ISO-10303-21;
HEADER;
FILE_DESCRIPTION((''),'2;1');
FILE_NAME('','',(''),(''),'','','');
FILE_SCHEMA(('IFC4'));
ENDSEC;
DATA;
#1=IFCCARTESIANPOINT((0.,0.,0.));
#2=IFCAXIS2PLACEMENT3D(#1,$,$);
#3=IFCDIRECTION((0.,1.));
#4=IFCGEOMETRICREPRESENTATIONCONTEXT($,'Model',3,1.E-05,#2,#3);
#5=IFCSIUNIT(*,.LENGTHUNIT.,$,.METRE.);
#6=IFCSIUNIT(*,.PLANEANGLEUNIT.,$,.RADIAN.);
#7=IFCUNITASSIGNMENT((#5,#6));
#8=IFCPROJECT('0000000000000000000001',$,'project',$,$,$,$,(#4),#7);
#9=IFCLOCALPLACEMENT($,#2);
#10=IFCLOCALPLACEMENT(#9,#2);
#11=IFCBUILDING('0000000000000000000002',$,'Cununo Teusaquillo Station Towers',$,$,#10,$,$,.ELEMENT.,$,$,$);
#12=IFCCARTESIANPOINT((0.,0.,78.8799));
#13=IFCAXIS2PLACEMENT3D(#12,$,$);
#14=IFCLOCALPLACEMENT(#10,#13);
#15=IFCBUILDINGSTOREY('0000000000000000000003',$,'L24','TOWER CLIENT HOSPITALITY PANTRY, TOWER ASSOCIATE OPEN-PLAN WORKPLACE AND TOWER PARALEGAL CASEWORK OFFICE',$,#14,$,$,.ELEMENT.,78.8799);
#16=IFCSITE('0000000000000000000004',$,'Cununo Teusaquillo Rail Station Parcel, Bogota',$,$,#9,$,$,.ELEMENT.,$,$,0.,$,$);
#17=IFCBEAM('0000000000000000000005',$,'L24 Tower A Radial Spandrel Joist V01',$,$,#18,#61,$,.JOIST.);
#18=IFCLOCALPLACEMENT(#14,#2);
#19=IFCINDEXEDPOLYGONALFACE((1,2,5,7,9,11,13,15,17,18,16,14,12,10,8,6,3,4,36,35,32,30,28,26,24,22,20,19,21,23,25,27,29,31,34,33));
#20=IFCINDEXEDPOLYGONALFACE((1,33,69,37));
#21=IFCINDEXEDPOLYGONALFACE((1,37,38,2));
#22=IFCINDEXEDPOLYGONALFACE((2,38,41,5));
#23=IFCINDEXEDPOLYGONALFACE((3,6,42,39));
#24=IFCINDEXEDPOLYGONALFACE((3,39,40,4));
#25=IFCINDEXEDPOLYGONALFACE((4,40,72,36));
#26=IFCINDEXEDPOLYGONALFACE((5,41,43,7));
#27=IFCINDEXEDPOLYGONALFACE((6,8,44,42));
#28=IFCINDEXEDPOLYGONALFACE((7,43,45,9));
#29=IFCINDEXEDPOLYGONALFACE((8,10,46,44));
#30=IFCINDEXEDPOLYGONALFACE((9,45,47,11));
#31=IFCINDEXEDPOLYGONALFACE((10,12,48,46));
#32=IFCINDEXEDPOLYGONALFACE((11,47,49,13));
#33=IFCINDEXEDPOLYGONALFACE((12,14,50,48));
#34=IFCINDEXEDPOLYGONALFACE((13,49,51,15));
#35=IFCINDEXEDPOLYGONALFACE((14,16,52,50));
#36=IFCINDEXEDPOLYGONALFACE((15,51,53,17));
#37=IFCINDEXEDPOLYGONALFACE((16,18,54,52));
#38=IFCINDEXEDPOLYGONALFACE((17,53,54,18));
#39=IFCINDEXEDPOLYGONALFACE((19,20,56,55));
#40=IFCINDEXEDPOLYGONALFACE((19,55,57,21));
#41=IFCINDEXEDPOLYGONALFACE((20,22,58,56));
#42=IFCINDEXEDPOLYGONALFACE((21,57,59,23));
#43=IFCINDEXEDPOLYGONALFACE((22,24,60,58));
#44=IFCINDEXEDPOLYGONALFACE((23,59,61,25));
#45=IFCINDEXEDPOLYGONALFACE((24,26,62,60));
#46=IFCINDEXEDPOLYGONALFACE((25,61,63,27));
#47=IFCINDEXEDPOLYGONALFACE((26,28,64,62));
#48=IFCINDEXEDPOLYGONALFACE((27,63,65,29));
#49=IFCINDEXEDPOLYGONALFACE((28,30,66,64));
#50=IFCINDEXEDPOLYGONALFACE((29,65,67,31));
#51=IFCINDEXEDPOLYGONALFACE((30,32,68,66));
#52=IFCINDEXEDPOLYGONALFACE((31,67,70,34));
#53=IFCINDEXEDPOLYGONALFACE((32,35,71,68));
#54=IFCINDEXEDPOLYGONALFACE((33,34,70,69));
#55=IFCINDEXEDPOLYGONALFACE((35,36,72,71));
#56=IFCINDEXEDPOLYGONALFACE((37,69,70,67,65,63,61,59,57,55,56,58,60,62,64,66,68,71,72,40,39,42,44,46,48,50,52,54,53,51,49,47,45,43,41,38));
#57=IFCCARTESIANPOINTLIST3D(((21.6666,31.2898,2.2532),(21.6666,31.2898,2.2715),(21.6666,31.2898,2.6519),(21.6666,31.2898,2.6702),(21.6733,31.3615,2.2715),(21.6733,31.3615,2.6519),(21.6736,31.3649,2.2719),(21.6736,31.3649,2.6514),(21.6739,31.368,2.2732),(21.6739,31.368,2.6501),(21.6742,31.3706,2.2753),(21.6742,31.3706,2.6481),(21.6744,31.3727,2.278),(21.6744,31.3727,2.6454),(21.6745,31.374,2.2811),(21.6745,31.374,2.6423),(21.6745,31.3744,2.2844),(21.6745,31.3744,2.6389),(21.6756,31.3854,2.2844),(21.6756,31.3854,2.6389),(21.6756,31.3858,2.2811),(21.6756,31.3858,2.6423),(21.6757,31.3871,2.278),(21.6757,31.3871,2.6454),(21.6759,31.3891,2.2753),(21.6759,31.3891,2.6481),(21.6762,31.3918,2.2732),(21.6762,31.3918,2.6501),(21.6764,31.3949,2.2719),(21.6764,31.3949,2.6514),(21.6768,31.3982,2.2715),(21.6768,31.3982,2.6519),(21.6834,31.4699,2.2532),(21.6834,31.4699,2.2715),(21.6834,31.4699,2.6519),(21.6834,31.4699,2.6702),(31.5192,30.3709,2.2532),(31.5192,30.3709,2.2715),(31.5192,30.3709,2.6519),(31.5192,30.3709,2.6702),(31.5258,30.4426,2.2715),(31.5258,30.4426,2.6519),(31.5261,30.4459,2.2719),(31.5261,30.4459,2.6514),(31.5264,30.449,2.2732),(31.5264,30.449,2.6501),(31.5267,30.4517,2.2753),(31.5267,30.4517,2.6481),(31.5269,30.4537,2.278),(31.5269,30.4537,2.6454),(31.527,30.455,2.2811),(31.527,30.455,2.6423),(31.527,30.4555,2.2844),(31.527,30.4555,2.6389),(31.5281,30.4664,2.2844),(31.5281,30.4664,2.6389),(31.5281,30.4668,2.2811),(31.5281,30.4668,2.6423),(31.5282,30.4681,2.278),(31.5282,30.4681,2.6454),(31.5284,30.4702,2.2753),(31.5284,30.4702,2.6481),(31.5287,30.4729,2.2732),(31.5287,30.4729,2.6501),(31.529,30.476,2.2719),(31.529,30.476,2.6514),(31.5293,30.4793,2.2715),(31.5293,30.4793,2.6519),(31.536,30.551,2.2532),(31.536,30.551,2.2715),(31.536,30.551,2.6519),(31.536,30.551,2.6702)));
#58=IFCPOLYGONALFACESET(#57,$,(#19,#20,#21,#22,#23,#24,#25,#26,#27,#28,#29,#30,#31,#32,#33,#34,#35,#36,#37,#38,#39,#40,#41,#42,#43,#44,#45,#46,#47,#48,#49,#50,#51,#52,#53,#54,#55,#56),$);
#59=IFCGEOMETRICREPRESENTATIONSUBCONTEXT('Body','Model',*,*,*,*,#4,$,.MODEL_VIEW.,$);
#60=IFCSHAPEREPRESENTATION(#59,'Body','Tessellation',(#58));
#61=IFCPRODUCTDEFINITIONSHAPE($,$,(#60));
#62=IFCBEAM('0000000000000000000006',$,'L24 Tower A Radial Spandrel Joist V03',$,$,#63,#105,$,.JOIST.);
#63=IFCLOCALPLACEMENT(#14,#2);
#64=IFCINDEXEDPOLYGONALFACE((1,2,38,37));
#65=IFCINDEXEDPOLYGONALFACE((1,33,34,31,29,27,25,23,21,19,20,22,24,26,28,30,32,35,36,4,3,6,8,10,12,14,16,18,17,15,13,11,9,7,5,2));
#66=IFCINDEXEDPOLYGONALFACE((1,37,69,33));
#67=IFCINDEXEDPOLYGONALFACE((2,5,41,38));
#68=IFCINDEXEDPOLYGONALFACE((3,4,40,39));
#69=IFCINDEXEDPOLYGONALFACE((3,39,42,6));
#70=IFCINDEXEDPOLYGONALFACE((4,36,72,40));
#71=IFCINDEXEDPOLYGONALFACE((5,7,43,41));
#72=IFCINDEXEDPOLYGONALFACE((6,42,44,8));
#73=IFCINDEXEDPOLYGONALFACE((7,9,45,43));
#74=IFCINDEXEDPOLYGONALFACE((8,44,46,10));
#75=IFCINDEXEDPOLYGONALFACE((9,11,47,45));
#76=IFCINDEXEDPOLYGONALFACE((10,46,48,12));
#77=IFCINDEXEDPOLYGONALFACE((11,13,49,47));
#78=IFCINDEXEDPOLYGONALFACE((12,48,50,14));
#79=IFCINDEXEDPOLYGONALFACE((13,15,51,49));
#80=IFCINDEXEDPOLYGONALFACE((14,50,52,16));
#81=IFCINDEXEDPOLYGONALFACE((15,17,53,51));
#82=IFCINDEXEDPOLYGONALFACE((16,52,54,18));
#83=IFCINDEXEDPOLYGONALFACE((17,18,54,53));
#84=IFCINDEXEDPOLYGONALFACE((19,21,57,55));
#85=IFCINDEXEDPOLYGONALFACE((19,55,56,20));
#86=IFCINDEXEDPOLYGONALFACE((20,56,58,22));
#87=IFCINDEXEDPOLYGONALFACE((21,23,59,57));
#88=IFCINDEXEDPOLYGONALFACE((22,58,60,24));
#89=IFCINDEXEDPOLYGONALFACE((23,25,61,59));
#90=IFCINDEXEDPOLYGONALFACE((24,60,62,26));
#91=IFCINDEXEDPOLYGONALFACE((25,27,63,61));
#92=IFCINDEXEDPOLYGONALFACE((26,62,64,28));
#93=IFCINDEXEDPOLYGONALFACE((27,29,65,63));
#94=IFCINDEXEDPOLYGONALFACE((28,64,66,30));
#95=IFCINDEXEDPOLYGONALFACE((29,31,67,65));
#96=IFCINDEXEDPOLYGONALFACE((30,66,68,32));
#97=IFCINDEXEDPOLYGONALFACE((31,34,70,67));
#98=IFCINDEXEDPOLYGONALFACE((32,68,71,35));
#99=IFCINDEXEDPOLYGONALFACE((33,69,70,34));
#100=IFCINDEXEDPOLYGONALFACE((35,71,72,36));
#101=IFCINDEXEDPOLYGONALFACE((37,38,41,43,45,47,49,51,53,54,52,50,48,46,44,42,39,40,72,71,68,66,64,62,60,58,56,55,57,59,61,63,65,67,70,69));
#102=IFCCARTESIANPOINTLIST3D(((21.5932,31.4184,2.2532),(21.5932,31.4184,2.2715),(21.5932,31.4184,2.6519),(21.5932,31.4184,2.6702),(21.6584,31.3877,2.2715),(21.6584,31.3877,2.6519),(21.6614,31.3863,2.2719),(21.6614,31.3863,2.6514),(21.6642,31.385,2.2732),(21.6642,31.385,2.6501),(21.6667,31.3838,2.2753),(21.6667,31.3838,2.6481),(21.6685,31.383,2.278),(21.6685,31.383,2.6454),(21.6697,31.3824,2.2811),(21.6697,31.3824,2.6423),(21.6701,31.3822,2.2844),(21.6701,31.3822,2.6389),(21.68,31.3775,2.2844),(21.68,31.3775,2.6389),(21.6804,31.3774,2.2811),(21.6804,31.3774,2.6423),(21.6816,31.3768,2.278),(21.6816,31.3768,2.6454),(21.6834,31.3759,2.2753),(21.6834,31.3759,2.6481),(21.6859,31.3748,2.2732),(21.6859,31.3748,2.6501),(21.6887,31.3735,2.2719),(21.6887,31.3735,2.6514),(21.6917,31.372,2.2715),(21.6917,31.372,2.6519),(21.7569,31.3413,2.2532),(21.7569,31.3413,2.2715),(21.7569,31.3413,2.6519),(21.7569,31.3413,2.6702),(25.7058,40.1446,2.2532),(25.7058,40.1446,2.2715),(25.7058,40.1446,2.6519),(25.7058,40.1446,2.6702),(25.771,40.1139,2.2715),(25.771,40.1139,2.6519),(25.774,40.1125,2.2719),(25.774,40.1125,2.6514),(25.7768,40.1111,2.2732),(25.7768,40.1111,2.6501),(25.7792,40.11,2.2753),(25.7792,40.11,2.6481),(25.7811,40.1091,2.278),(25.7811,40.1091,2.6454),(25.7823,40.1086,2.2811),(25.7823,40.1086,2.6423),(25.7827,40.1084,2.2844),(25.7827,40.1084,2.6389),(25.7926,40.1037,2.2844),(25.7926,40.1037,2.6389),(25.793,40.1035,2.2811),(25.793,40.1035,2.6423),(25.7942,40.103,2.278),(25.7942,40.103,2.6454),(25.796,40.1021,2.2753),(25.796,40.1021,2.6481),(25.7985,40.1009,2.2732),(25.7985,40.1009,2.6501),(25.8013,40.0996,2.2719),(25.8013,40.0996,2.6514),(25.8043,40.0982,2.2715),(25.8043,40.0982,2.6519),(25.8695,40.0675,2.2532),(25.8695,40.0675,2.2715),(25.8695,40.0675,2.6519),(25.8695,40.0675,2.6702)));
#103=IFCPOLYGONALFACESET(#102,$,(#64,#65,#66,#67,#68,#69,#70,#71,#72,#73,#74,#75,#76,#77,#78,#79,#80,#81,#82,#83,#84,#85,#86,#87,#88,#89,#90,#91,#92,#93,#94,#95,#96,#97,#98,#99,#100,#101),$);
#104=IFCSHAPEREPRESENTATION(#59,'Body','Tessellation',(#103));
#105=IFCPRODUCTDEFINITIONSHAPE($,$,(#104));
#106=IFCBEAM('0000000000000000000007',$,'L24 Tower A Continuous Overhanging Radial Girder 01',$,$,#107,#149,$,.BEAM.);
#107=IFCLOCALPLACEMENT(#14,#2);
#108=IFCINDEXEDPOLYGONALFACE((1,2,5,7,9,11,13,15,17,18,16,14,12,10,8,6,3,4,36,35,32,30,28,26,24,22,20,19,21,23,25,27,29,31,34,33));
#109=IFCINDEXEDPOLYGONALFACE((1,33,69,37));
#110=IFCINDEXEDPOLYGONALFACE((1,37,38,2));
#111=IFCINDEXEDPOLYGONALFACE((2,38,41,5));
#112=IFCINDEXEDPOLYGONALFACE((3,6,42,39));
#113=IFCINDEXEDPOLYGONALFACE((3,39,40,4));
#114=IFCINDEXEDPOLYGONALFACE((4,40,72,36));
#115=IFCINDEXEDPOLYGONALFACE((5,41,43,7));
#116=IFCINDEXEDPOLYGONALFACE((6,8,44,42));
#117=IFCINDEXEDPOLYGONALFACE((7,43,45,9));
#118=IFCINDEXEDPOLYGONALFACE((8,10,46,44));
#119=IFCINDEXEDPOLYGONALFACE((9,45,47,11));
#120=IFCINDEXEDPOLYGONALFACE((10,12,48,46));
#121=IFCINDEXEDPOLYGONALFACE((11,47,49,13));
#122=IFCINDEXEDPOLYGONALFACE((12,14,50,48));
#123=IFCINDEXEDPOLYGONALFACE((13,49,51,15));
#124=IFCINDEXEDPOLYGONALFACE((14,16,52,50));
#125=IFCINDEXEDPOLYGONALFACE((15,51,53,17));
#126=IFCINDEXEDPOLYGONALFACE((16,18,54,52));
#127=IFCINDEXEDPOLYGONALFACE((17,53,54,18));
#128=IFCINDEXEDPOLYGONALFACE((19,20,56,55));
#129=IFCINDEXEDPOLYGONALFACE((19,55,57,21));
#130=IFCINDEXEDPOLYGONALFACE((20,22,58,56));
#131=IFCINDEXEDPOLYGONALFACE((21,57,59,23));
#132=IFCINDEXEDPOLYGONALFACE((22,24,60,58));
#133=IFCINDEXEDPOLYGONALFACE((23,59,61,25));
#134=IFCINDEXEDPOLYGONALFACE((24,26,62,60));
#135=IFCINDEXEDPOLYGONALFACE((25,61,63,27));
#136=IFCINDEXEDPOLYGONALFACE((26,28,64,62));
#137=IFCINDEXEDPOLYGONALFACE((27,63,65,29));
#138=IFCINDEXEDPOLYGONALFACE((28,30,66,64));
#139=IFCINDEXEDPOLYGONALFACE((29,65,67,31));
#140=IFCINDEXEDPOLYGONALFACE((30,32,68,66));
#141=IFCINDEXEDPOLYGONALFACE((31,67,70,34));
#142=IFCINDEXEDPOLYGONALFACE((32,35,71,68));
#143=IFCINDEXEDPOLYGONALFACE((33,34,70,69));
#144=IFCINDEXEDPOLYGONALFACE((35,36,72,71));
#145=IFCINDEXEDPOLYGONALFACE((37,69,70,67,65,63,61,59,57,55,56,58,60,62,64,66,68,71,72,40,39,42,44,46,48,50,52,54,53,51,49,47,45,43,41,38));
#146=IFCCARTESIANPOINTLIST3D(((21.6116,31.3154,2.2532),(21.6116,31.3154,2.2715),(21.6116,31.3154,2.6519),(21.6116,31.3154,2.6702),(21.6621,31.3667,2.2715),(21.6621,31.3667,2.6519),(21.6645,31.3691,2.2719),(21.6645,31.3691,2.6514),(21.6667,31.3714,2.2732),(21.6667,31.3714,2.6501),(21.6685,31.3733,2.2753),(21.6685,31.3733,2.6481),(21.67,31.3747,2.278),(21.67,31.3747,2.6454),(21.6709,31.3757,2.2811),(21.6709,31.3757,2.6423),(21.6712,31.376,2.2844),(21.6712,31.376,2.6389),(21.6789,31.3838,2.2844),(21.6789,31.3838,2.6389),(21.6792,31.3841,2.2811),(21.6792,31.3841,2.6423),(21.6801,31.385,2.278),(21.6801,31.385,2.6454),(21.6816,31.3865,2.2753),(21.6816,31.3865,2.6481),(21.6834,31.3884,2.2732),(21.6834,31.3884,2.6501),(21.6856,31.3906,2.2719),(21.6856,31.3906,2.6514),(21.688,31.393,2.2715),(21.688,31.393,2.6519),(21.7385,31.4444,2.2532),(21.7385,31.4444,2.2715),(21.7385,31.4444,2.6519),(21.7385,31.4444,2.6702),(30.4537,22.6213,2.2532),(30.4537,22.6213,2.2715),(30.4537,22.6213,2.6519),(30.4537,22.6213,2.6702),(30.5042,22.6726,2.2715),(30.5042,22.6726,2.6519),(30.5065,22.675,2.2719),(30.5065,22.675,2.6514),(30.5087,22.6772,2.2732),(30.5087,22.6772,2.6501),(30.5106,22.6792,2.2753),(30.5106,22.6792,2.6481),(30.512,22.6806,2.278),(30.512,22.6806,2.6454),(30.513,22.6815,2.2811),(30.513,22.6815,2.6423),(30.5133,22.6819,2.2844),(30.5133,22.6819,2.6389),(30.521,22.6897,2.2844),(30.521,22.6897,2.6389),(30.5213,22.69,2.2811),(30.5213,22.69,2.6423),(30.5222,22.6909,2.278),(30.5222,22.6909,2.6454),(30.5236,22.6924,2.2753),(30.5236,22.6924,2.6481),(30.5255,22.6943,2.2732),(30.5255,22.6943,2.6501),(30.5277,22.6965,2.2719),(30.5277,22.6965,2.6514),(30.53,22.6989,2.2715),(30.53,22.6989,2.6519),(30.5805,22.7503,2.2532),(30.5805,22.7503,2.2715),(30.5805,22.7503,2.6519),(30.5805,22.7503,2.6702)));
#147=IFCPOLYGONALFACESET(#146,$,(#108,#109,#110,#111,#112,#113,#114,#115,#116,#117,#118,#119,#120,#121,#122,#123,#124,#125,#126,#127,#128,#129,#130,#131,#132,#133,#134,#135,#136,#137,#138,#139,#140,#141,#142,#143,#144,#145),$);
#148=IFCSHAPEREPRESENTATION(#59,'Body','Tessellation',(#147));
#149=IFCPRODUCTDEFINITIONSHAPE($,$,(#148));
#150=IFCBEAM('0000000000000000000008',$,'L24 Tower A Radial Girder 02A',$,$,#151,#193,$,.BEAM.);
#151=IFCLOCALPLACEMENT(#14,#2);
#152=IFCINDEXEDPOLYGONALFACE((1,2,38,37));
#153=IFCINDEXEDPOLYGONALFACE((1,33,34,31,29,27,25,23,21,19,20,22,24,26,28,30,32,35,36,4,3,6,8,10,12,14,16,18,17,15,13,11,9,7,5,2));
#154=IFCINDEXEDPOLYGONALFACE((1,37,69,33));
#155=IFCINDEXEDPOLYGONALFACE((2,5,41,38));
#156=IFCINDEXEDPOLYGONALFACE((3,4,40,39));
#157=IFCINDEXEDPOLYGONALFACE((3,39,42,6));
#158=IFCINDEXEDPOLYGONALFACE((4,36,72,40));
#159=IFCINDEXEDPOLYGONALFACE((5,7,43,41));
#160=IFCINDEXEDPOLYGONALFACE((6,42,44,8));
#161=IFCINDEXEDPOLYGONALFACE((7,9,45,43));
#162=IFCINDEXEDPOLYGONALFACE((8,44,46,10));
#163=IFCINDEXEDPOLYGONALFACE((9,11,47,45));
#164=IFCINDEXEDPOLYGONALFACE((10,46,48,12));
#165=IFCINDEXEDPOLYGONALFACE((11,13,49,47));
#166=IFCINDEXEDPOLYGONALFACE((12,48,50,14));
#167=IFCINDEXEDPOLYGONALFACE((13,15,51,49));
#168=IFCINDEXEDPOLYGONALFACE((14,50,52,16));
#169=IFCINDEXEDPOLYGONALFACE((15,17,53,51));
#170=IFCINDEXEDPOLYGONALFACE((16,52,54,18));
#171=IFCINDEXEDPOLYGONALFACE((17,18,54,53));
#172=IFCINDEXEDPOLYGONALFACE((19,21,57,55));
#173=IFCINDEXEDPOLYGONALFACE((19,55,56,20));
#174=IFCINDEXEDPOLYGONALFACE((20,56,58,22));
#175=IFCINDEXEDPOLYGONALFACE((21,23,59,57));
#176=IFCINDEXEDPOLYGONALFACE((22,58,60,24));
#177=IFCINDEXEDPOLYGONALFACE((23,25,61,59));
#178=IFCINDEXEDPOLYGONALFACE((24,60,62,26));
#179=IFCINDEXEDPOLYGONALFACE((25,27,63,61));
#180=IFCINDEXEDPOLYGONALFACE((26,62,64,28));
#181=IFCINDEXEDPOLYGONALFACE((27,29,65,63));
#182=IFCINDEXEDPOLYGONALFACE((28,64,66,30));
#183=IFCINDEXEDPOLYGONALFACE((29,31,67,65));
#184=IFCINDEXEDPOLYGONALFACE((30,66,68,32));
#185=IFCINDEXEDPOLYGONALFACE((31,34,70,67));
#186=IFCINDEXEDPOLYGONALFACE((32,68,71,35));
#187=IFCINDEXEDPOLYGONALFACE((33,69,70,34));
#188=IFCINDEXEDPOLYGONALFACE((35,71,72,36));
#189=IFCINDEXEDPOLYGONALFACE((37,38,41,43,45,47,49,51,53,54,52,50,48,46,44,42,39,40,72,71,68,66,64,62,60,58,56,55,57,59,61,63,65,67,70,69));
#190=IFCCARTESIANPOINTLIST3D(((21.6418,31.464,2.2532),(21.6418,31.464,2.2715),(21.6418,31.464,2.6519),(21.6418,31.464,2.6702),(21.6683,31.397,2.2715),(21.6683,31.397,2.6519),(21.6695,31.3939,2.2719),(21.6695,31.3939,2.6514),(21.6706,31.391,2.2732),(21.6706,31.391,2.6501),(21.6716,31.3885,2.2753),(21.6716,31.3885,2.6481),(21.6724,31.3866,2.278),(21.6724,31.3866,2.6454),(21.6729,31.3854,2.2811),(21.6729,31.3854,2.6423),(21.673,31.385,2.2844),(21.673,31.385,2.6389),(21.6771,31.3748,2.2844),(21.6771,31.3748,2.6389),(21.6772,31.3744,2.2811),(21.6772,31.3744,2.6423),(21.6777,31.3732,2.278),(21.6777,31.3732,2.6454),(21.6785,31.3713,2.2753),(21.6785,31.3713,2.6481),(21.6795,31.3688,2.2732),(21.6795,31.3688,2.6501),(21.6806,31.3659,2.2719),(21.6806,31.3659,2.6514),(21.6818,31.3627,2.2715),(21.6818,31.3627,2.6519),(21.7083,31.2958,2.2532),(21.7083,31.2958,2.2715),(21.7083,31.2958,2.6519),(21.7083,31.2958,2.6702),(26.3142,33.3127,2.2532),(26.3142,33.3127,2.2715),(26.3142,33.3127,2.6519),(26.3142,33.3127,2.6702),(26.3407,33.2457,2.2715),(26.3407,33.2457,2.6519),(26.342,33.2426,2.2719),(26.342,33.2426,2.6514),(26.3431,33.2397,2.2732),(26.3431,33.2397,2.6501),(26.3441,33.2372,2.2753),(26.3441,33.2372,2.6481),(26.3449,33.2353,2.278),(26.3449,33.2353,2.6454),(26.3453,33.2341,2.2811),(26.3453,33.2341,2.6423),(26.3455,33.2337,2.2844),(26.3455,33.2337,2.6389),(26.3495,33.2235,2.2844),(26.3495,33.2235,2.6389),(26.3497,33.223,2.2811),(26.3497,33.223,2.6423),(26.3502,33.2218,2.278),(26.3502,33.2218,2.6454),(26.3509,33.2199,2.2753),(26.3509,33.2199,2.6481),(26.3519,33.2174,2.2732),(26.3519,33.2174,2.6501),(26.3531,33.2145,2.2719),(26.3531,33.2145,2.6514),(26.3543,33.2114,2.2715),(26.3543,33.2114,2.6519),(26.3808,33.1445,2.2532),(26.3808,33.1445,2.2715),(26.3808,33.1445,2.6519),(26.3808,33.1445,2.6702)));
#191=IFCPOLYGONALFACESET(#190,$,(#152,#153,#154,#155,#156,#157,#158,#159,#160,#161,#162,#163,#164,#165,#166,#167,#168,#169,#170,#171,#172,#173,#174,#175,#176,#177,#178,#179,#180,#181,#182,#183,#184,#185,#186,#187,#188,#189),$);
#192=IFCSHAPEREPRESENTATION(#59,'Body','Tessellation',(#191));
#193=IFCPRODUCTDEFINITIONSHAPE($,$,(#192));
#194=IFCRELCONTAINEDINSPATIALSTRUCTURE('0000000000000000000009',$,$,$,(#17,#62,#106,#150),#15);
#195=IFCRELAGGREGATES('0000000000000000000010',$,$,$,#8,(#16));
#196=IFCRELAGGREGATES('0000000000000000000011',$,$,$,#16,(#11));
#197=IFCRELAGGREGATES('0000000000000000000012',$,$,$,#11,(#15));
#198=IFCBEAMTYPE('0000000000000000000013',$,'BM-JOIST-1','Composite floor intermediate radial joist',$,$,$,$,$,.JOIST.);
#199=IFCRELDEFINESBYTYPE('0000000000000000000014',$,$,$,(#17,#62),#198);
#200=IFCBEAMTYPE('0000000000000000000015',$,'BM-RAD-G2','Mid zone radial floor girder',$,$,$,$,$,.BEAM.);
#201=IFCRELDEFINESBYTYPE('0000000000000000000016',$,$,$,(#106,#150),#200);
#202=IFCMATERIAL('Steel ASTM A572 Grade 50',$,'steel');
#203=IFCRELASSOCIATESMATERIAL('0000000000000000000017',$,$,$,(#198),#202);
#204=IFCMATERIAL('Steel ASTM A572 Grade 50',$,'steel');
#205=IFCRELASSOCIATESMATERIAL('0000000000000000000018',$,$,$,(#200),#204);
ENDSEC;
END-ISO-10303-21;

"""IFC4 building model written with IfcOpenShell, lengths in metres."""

from ifc_helpers import new_model, si_unit, direction, frame, origin, origin_2d, place, context, subcontext, project, spatial, i_section, extrude, material, material_profile, profile_set, type_object, element, save


model = new_model("IFC4")

# Units and contexts
model_context = context("Model", 3, precision=1e-05, world=origin(), true_north=direction((0.0, 1.0)))
body_context = subcontext(model_context, "Body", "Model", "MODEL_VIEW")
ifc_project = project(units=[si_unit("LENGTHUNIT", "METRE"), si_unit("PLANEANGLEUNIT", "RADIAN")], contexts=[model_context])

# Site, building, storey
site_placement = place(None, origin())
site = spatial("IfcSite", under=ifc_project, at=site_placement, Name="Cununo Teusaquillo Rail Station Parcel, Bogota", CompositionType="ELEMENT", RefElevation=0.0)
building_placement = place(site_placement, origin())
building = spatial("IfcBuilding", under=site, at=building_placement, Name="Cununo Teusaquillo Station Towers", CompositionType="ELEMENT")
storey_placement = place(building_placement, frame((0.0, 0.0, 78.8799)))
storey = spatial("IfcBuildingStorey", under=building, at=storey_placement, Name="L24", Description="TOWER CLIENT HOSPITALITY PANTRY, TOWER ASSOCIATE OPEN-PLAN WORKPLACE AND TOWER PARALEGAL CASEWORK OFFICE", CompositionType="ELEMENT", Elevation=78.8799)

# Beams
ifc_material_1 = material(Name="Steel ASTM A572 Grade 50", Category="steel")
ifc_material_profile_1 = material_profile(ifc_material_1, i_section(OverallWidth=0.1809, OverallDepth=0.417, WebThickness=0.011, FlangeThickness=0.0183, FilletRadius=0.0129, at=origin_2d()), Name="W16X57")
ifc_profile_set_1 = profile_set([ifc_material_profile_1], Name="Steel ASTM A572 Grade 50")
beam_type_1 = type_object("IfcBeamType", Name="BM-JOIST-1", Description="Composite floor intermediate radial joist", PredefinedType="JOIST", material=ifc_profile_set_1)
beam_1_placement = place(storey_placement, frame((21.675, 31.3799, 2.4617), z_axis=(0.995679, -0.092867, 0.0), x_axis=(0.092867, 0.995679, 0.0)))
element("IfcBeam", 1, at=beam_1_placement, inside=storey, type_object=beam_type_1, Name="L24 Tower A Radial Spandrel Joist V01", PredefinedType="JOIST", context=body_context, shape_type="SweptSolid", body=[
    extrude(i_section(OverallWidth=0.1809, OverallDepth=0.417, WebThickness=0.011, FlangeThickness=0.0183, FilletRadius=0.0129, at=origin_2d()), origin(), (0.0, 0.0, 1.0), 9.8953),
])
beam_2_placement = place(storey_placement, frame((21.675, 31.3799, 2.4617), z_axis=(0.42632, 0.904572, 0.0), x_axis=(-0.904572, 0.42632, 0.0)))
element("IfcBeam", 2, at=beam_2_placement, inside=storey, type_object=beam_type_1, Name="L24 Tower A Radial Spandrel Joist V03", PredefinedType="JOIST", context=body_context, shape_type="SweptSolid", body=[
    extrude(i_section(OverallWidth=0.1809, OverallDepth=0.417, WebThickness=0.011, FlangeThickness=0.0183, FilletRadius=0.0129, at=origin_2d()), origin(), (0.0, 0.0, 1.0), 9.6467),
])
ifc_material_2 = material(Name="Steel ASTM A572 Grade 50", Category="steel")
ifc_material_profile_2 = material_profile(ifc_material_2, i_section(OverallWidth=0.1809, OverallDepth=0.417, WebThickness=0.011, FlangeThickness=0.0183, FilletRadius=0.0129, at=origin_2d()), Name="W16X57")
ifc_profile_set_2 = profile_set([ifc_material_profile_2], Name="Steel ASTM A572 Grade 50")
beam_type_2 = type_object("IfcBeamType", Name="BM-RAD-G2", Description="Mid zone radial floor girder", PredefinedType="BEAM", material=ifc_profile_set_2)
beam_3_placement = place(storey_placement, frame((21.675, 31.3799, 2.4617), z_axis=(0.713047, -0.701116, 0.0), x_axis=(0.701116, 0.713047, 0.0)))
element("IfcBeam", 3, at=beam_3_placement, inside=storey, type_object=beam_type_2, Name="L24 Tower A Continuous Overhanging Radial Girder 01", PredefinedType="BEAM", context=body_context, shape_type="SweptSolid", body=[
    extrude(i_section(OverallWidth=0.1809, OverallDepth=0.417, WebThickness=0.011, FlangeThickness=0.0183, FilletRadius=0.0129, at=origin_2d()), origin(), (0.0, 0.0, 1.0), 12.4004),
])
beam_4_placement = place(storey_placement, frame((21.675, 31.3799, 2.4617), z_axis=(0.929864, 0.367903, 0.0), x_axis=(-0.367903, 0.929864, 0.0)))
element("IfcBeam", 4, at=beam_4_placement, inside=storey, type_object=beam_type_2, Name="L24 Tower A Radial Girder 02A", PredefinedType="BEAM", context=body_context, shape_type="SweptSolid", body=[
    extrude(i_section(OverallWidth=0.1809, OverallDepth=0.417, WebThickness=0.011, FlangeThickness=0.0183, FilletRadius=0.0129, at=origin_2d()), origin(), (0.0, 0.0, 1.0), 5.0249),
])

save(model, "model.ifc")
